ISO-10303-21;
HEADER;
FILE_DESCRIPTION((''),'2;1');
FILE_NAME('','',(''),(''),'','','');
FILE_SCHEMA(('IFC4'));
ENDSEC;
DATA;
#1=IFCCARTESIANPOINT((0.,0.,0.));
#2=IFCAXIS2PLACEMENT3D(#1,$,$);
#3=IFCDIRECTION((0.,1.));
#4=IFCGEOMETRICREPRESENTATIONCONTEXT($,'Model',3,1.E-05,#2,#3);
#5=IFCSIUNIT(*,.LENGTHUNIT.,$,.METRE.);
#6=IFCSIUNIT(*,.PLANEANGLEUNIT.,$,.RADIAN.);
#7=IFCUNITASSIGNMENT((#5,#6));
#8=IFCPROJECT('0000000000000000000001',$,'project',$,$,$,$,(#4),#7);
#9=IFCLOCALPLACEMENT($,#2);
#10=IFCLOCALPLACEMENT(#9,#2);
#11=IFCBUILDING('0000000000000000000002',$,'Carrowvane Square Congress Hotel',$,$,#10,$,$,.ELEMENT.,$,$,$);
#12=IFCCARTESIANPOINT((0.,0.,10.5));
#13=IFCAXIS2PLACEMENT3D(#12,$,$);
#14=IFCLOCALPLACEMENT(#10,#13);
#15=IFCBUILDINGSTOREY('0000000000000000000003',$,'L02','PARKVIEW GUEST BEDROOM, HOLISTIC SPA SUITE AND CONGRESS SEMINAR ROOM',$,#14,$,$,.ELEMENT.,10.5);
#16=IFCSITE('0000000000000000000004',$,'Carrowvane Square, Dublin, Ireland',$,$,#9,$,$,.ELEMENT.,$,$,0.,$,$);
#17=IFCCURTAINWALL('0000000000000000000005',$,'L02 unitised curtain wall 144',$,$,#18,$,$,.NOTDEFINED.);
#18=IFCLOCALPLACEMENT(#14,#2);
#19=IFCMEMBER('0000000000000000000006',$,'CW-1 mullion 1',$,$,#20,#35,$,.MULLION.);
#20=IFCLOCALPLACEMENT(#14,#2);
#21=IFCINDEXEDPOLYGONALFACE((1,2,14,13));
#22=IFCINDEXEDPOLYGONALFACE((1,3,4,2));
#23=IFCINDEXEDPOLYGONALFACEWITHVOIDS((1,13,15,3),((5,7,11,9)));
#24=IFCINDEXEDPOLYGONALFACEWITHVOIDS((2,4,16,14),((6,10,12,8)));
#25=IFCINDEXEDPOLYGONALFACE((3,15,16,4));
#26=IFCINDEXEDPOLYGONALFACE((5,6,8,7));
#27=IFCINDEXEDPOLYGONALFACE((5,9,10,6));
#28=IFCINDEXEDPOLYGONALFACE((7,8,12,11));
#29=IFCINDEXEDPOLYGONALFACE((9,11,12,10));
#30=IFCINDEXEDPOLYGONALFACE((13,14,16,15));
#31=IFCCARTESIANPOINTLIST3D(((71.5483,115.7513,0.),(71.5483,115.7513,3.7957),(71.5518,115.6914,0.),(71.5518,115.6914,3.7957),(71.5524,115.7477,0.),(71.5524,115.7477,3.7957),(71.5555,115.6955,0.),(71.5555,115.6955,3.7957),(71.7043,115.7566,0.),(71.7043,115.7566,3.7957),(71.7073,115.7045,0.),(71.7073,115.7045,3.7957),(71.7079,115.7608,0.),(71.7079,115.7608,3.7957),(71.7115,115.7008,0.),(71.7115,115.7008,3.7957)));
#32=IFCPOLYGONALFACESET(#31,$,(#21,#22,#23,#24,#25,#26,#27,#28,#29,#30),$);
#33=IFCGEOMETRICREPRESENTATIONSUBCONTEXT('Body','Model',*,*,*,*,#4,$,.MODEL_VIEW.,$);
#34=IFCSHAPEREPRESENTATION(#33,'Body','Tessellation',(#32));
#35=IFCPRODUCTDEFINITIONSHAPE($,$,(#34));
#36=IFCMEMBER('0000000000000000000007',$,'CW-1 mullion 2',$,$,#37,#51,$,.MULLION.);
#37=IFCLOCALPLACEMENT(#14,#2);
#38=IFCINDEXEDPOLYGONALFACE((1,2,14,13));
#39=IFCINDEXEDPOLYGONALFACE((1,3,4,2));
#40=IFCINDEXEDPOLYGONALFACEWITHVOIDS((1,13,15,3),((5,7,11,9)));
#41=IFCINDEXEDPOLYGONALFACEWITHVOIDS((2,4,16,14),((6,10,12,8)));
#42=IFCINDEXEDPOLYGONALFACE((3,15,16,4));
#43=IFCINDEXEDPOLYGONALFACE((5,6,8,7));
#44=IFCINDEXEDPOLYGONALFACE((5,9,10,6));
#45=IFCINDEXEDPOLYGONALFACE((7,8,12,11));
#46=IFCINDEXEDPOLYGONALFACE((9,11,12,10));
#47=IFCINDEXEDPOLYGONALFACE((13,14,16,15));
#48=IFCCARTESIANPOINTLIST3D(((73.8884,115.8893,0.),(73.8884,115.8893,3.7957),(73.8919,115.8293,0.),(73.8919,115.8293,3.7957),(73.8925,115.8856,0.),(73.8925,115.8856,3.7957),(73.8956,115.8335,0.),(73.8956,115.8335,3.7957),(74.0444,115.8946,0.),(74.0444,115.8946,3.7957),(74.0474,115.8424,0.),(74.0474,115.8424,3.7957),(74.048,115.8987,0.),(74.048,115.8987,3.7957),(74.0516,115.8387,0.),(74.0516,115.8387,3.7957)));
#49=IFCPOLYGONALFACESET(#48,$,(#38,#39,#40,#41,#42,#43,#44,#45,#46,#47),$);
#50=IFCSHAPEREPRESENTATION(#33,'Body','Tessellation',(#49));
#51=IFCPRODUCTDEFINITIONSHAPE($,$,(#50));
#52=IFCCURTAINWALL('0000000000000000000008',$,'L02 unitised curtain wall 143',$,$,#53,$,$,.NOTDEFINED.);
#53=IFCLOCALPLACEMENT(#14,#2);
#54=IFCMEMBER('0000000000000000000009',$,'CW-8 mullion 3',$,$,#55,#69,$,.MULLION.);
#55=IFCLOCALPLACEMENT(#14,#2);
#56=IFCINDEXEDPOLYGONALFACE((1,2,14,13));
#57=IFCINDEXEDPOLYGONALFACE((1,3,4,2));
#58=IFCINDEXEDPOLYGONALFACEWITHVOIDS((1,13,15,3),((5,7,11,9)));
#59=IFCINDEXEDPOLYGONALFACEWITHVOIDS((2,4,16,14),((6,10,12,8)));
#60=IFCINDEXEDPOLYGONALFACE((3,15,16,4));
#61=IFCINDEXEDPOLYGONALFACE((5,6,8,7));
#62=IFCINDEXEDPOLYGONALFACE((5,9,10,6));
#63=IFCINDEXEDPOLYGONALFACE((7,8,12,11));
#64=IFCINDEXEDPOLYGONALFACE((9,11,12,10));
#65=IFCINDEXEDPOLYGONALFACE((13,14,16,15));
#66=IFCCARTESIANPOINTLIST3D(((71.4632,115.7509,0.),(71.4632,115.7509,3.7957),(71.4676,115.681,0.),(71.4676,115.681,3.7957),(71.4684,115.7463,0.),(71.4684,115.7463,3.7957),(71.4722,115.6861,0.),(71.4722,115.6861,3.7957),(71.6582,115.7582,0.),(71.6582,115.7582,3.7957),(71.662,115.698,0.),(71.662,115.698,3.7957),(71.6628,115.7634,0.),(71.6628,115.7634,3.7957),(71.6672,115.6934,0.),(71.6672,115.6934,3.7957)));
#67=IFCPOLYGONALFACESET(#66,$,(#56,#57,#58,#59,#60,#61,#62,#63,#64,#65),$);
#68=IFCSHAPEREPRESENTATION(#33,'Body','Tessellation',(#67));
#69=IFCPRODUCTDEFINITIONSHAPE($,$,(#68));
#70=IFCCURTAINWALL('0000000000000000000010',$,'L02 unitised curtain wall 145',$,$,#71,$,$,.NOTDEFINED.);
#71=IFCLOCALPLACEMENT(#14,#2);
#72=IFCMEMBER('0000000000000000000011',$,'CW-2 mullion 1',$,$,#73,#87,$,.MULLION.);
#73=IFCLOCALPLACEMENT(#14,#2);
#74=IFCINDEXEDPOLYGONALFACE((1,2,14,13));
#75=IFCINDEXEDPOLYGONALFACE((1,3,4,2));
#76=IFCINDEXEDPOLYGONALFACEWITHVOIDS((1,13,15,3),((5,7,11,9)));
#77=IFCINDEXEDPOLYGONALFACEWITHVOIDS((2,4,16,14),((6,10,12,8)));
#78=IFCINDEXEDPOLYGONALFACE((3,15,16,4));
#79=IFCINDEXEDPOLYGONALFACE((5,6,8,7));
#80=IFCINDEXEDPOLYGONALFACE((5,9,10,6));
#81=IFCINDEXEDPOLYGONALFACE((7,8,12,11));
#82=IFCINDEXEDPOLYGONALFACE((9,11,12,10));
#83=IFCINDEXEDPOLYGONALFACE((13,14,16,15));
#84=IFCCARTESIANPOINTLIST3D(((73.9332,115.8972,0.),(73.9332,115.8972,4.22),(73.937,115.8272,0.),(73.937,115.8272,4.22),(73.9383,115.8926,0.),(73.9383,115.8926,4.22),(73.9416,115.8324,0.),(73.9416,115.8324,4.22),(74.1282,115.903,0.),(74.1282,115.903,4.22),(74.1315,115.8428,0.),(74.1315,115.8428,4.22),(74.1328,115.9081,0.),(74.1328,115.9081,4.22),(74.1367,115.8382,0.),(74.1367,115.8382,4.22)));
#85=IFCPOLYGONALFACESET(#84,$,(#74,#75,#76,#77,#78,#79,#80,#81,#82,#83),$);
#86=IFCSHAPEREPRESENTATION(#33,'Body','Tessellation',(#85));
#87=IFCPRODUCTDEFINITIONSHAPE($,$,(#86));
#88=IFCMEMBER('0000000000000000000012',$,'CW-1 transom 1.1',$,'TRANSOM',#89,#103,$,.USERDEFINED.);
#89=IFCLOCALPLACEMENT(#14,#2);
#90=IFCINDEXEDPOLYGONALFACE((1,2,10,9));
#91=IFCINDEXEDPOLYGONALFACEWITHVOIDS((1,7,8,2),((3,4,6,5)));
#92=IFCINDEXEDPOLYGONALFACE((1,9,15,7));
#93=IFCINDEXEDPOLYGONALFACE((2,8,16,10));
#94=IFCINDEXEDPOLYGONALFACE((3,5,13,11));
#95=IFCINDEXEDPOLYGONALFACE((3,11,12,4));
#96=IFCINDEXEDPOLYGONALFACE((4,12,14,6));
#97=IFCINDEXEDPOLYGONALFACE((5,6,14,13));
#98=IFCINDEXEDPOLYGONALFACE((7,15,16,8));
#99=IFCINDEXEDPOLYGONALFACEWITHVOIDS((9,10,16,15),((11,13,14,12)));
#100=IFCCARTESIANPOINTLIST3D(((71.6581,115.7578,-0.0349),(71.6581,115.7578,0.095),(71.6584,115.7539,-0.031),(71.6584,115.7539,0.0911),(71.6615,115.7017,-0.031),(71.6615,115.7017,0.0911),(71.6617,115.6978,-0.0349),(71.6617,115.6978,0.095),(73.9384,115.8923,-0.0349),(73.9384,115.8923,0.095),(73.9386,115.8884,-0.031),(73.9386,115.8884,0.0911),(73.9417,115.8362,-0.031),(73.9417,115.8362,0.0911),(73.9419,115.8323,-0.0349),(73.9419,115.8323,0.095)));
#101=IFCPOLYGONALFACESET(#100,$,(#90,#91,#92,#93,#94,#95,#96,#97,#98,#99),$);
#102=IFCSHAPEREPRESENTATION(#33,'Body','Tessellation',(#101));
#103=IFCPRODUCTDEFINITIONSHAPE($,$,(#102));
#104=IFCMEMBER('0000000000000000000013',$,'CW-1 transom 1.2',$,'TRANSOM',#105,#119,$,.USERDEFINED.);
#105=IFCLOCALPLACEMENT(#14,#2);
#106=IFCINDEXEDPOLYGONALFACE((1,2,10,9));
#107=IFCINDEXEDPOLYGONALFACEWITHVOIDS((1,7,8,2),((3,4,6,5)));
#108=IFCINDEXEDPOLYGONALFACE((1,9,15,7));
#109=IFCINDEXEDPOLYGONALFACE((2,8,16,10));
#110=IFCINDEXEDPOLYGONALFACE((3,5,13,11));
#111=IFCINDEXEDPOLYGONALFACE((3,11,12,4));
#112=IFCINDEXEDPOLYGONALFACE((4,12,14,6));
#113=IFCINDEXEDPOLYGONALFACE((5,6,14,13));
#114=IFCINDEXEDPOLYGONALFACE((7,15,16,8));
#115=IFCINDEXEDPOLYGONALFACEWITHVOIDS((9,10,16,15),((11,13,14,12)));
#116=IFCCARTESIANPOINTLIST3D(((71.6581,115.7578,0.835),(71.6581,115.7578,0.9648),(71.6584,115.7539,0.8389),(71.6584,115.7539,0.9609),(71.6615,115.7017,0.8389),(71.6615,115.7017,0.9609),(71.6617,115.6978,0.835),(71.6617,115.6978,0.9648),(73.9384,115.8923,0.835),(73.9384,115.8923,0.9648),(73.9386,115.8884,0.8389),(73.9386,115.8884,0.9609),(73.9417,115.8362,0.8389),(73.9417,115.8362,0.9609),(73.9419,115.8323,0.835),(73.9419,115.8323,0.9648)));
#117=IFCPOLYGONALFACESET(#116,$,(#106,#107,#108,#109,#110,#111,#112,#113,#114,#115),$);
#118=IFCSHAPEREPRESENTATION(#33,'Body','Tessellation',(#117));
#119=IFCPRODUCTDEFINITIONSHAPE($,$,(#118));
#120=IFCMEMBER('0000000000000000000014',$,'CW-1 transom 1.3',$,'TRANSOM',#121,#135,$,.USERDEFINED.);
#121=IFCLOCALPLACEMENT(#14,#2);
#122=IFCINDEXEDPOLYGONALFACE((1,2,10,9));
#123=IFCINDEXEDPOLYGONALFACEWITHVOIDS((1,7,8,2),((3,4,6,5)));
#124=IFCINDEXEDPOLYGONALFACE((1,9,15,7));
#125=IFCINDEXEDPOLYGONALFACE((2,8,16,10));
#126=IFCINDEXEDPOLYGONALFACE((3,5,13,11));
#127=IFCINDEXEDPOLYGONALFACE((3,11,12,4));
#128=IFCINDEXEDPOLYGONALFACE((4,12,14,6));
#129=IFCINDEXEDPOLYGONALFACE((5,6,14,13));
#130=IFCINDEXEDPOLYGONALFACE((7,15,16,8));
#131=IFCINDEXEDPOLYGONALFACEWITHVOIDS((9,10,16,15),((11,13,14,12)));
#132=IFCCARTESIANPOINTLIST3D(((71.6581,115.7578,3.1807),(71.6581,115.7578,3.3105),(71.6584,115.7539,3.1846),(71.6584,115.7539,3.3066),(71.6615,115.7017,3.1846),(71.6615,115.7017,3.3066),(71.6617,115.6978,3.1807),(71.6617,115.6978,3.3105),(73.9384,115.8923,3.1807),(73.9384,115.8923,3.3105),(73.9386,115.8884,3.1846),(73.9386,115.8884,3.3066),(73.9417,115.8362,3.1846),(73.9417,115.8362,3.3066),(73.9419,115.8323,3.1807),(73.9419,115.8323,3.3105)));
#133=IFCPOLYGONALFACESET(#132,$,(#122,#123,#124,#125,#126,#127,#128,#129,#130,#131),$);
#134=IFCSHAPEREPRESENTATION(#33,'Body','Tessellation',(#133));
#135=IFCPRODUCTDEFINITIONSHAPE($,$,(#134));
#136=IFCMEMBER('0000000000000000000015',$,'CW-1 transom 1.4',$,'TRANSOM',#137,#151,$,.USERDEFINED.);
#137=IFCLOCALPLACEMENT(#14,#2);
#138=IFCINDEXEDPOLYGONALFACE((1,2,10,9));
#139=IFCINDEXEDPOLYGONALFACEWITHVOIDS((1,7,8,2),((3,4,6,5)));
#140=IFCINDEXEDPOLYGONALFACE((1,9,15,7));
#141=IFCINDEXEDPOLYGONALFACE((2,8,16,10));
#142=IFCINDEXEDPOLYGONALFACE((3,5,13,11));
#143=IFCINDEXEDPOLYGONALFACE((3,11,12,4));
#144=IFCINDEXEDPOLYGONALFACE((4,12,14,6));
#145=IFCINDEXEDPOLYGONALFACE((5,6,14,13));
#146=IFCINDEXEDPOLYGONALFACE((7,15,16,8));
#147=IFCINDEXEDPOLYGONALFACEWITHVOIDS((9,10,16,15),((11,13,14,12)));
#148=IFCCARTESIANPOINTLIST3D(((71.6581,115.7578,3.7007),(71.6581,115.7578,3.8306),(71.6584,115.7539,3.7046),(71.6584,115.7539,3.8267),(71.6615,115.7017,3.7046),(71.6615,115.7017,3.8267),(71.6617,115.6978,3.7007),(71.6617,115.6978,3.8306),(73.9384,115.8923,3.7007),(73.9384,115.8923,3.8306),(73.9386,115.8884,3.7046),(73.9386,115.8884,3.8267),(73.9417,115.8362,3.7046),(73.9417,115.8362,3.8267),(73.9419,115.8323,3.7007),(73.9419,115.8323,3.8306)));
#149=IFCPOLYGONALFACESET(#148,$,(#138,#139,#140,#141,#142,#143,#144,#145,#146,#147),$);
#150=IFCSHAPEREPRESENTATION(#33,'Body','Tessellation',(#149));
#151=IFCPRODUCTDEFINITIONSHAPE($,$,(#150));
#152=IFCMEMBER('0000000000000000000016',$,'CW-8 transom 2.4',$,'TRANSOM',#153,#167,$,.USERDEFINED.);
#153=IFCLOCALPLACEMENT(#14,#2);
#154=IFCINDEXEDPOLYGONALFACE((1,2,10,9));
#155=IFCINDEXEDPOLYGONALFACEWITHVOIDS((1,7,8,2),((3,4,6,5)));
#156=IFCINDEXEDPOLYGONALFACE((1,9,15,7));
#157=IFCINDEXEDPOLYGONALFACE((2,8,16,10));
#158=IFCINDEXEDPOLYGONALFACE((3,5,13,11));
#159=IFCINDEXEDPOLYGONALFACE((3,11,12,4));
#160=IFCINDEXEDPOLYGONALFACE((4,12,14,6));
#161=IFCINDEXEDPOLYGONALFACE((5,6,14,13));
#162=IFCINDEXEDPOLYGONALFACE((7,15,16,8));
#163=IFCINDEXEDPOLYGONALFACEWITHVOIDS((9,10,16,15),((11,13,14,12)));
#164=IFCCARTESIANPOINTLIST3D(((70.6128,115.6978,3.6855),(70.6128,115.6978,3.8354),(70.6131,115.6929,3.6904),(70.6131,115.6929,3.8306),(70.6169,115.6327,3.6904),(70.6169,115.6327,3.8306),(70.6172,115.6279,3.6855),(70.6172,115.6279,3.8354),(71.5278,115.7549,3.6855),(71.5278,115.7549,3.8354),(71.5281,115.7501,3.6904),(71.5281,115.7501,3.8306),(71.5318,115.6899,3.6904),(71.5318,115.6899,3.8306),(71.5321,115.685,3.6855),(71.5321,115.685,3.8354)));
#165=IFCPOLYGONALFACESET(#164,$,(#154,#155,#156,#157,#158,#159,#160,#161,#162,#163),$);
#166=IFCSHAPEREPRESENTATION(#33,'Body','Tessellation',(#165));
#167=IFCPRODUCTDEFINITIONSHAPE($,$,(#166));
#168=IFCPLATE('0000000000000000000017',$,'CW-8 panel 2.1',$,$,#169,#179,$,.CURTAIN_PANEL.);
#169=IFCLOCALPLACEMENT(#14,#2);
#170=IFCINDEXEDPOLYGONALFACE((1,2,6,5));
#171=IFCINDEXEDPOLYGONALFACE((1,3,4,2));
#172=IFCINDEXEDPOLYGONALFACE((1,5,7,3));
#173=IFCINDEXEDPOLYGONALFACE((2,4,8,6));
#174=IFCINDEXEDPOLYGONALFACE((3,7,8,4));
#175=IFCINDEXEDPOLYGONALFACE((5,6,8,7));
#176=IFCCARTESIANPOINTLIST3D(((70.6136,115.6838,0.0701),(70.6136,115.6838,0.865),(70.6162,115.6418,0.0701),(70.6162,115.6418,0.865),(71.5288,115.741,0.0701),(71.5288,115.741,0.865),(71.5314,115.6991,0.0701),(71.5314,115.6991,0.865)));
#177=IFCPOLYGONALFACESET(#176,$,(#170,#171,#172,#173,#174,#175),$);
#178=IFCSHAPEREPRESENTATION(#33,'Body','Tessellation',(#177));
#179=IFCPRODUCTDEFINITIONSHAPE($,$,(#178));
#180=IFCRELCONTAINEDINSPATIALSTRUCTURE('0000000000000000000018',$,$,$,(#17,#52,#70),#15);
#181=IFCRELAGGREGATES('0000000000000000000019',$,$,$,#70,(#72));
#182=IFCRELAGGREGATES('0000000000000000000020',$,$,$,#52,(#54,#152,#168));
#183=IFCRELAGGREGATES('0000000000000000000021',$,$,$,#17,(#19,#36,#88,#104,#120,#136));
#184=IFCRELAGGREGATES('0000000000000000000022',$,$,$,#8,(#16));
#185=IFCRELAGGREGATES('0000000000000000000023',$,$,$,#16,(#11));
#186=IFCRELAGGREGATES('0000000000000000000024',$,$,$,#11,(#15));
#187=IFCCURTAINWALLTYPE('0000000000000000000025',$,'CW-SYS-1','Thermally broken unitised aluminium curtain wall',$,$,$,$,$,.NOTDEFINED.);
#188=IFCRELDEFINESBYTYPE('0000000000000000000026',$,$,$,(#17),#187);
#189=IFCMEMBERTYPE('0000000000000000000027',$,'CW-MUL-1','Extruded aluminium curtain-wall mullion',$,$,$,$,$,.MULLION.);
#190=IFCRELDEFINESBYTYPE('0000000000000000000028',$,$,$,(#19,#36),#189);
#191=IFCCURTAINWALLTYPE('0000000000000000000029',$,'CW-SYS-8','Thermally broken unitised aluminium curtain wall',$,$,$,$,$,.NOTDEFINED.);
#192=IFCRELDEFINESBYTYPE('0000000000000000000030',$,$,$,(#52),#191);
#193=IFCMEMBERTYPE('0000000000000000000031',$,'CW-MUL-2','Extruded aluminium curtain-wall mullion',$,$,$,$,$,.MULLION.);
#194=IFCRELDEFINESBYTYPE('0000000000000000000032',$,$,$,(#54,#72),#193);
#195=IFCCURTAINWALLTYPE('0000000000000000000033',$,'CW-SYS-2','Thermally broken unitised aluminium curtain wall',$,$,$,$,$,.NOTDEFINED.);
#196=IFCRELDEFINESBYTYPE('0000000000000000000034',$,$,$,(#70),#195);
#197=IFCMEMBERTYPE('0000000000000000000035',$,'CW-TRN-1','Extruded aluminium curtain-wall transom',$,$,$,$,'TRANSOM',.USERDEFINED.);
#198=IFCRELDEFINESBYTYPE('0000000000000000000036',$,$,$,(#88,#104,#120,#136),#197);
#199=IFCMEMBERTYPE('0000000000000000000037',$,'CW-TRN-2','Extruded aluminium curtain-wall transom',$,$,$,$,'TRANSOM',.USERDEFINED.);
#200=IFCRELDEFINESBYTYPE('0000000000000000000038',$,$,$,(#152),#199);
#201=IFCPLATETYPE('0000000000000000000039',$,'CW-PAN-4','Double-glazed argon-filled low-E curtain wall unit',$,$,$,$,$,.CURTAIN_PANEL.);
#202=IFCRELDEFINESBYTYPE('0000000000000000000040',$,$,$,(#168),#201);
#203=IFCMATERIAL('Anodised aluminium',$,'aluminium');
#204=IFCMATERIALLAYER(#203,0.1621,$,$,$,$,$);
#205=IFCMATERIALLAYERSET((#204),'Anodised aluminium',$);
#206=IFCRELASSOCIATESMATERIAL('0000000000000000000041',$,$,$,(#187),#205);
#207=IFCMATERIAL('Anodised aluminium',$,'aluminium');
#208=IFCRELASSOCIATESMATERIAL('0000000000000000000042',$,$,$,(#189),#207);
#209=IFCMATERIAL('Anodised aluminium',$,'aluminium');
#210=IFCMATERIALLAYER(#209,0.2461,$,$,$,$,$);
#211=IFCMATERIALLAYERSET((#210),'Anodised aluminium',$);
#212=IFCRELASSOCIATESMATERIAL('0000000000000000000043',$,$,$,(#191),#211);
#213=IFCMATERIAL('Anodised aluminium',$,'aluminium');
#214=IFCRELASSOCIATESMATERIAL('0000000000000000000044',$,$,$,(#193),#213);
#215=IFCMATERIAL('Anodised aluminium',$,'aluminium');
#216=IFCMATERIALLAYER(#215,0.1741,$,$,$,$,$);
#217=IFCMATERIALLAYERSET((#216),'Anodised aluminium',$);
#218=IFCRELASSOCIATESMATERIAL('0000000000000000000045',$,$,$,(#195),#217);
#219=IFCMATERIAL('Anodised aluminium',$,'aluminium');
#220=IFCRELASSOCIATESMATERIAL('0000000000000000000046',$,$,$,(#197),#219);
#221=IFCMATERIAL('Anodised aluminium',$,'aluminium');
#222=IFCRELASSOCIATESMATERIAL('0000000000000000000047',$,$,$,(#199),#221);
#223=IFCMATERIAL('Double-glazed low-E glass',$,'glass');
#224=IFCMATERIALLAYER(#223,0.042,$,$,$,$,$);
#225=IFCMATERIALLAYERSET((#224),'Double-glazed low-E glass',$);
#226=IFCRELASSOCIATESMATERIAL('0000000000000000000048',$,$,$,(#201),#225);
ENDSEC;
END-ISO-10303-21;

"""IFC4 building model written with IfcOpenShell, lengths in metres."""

from ifc_helpers import new_model, si_unit, direction, frame, origin, origin_2d, place, context, subcontext, project, spatial, rectangle, hollow_rectangle, extrude, material, layer, layer_set, material_profile, profile_set, type_object, element, aggregate, save


model = new_model("IFC4")

# Units and contexts
model_context = context("Model", 3, precision=1e-05, world=origin(), true_north=direction((0.0, 1.0)))
body_context = subcontext(model_context, "Body", "Model", "MODEL_VIEW")
ifc_project = project(units=[si_unit("LENGTHUNIT", "METRE"), si_unit("PLANEANGLEUNIT", "RADIAN")], contexts=[model_context])

# Site, building, storey
site_placement = place(None, origin())
site = spatial("IfcSite", under=ifc_project, at=site_placement, Name="Carrowvane Square, Dublin, Ireland", CompositionType="ELEMENT", RefElevation=0.0)
building_placement = place(site_placement, origin())
building = spatial("IfcBuilding", under=site, at=building_placement, Name="Carrowvane Square Congress Hotel", CompositionType="ELEMENT")
storey_placement = place(building_placement, frame((0.0, 0.0, 10.5)))
storey = spatial("IfcBuildingStorey", under=building, at=storey_placement, Name="L02", Description="PARKVIEW GUEST BEDROOM, HOLISTIC SPA SUITE AND CONGRESS SEMINAR ROOM", CompositionType="ELEMENT", Elevation=10.5)

# Curtain wall, members
ifc_material_1 = material(Name="Anodised aluminium", Category="aluminium")
ifc_layer_1 = layer(ifc_material_1, 0.1621)
ifc_layer_set_1 = layer_set([ifc_layer_1], Name="Anodised aluminium")
curtain_wall_type_1 = type_object("IfcCurtainWallType", Name="CW-SYS-1", Description="Thermally broken unitised aluminium curtain wall", PredefinedType="NOTDEFINED", material=ifc_layer_set_1)
curtain_wall_1_placement = place(storey_placement, origin())
curtain_wall_1 = element("IfcCurtainWall", 1, at=curtain_wall_1_placement, inside=storey, type_object=curtain_wall_type_1, Name="L02 unitised curtain wall 144", PredefinedType="NOTDEFINED")
ifc_material_2 = material(Name="Anodised aluminium", Category="aluminium")
ifc_material_profile_1 = material_profile(ifc_material_2, hollow_rectangle(XDim=0.0601, YDim=0.1599, WallThickness=0.0039, at=origin_2d()), Name="CW-ML 60x160x4")
ifc_profile_set_1 = profile_set([ifc_material_profile_1], Name="Anodised aluminium")
member_type_1 = type_object("IfcMemberType", Name="CW-MUL-1", Description="Extruded aluminium curtain-wall mullion", PredefinedType="MULLION", material=ifc_profile_set_1)
member_1_placement = place(storey_placement, frame((71.6299, 115.7261, 0.0), z_axis=(0.0, 0.0, 1.0), x_axis=(-0.058851, 0.998267, 0.0)))
member_1 = element("IfcMember", 2, at=member_1_placement, type_object=member_type_1, Name="CW-1 mullion 1", PredefinedType="MULLION", context=body_context, shape_type="SweptSolid", body=[
    extrude(hollow_rectangle(XDim=0.0601, YDim=0.1599, WallThickness=0.0039, at=origin_2d()), origin(), (0.0, 0.0, 1.0), 3.7957),
])
member_2_placement = place(storey_placement, frame((73.97, 115.864, 0.0), z_axis=(0.0, 0.0, 1.0), x_axis=(-0.058851, 0.998267, 0.0)))
member_2 = element("IfcMember", 3, at=member_2_placement, type_object=member_type_1, Name="CW-1 mullion 2", PredefinedType="MULLION", context=body_context, shape_type="SweptSolid", body=[
    extrude(hollow_rectangle(XDim=0.0601, YDim=0.1599, WallThickness=0.0039, at=origin_2d()), origin(), (0.0, 0.0, 1.0), 3.7957),
])

# Curtain walls, members
ifc_material_3 = material(Name="Anodised aluminium", Category="aluminium")
ifc_layer_2 = layer(ifc_material_3, 0.2461)
ifc_layer_set_2 = layer_set([ifc_layer_2], Name="Anodised aluminium")
curtain_wall_type_2 = type_object("IfcCurtainWallType", Name="CW-SYS-8", Description="Thermally broken unitised aluminium curtain wall", PredefinedType="NOTDEFINED", material=ifc_layer_set_2)
curtain_wall_2_placement = place(storey_placement, origin())
curtain_wall_2 = element("IfcCurtainWall", 4, at=curtain_wall_2_placement, inside=storey, type_object=curtain_wall_type_2, Name="L02 unitised curtain wall 143", PredefinedType="NOTDEFINED")
ifc_material_4 = material(Name="Anodised aluminium", Category="aluminium")
ifc_material_profile_2 = material_profile(ifc_material_4, hollow_rectangle(XDim=0.0701, YDim=0.2, WallThickness=0.0049, at=origin_2d()), Name="CW-ML 70x200x5")
ifc_profile_set_2 = profile_set([ifc_material_profile_2], Name="Anodised aluminium")
member_type_2 = type_object("IfcMemberType", Name="CW-MUL-2", Description="Extruded aluminium curtain-wall mullion", PredefinedType="MULLION", material=ifc_profile_set_2)
member_3_placement = place(storey_placement, frame((71.5652, 115.7222, 0.0), z_axis=(0.0, 0.0, 1.0), x_axis=(-0.062397, 0.998051, 0.0)))
member_3 = element("IfcMember", 5, at=member_3_placement, type_object=member_type_2, Name="CW-8 mullion 3", PredefinedType="MULLION", context=body_context, shape_type="SweptSolid", body=[
    extrude(hollow_rectangle(XDim=0.0701, YDim=0.2, WallThickness=0.0049, at=origin_2d()), origin(), (0.0, 0.0, 1.0), 3.7957),
])
ifc_material_5 = material(Name="Anodised aluminium", Category="aluminium")
ifc_layer_3 = layer(ifc_material_5, 0.1741)
ifc_layer_set_3 = layer_set([ifc_layer_3], Name="Anodised aluminium")
curtain_wall_type_3 = type_object("IfcCurtainWallType", Name="CW-SYS-2", Description="Thermally broken unitised aluminium curtain wall", PredefinedType="NOTDEFINED", material=ifc_layer_set_3)
curtain_wall_3_placement = place(storey_placement, origin())
curtain_wall_3 = element("IfcCurtainWall", 6, at=curtain_wall_3_placement, inside=storey, type_object=curtain_wall_type_3, Name="L02 unitised curtain wall 145", PredefinedType="NOTDEFINED")
member_4_placement = place(storey_placement, frame((74.0349, 115.8677, 0.0), z_axis=(0.0, 0.0, 1.0), x_axis=(-0.054816, 0.998496, 0.0)))
member_4 = element("IfcMember", 7, at=member_4_placement, type_object=member_type_2, Name="CW-2 mullion 1", PredefinedType="MULLION", context=body_context, shape_type="SweptSolid", body=[
    extrude(hollow_rectangle(XDim=0.0701, YDim=0.2, WallThickness=0.0049, at=origin_2d()), origin(), (0.0, 0.0, 1.0), 4.22),
])
aggregate(curtain_wall_3, [member_4])

# Members
ifc_material_6 = material(Name="Anodised aluminium", Category="aluminium")
ifc_material_profile_3 = material_profile(ifc_material_6, hollow_rectangle(XDim=0.0601, YDim=0.1299, WallThickness=0.0039, at=origin_2d()), Name="CW-TR 60x130x4")
ifc_profile_set_3 = profile_set([ifc_material_profile_3], Name="Anodised aluminium")
member_type_3 = type_object("IfcMemberType", Name="CW-TRN-1", Description="Extruded aluminium curtain-wall transom", ElementType="TRANSOM", PredefinedType="USERDEFINED", material=ifc_profile_set_3)
member_5_placement = place(storey_placement, frame((71.6599, 115.7278, 0.03), z_axis=(0.998264, 0.058891, 0.0), x_axis=(-0.058891, 0.998264, 0.0)))
member_5 = element("IfcMember", 8, at=member_5_placement, type_object=member_type_3, Name="CW-1 transom 1.1", ObjectType="TRANSOM", PredefinedType="USERDEFINED", context=body_context, shape_type="SweptSolid", body=[
    extrude(hollow_rectangle(XDim=0.0601, YDim=0.1299, WallThickness=0.0039, at=origin_2d()), origin(), (0.0, 0.0, 1.0), 2.2842),
])
member_6_placement = place(storey_placement, frame((71.6599, 115.7278, 0.8999), z_axis=(0.998264, 0.058891, 0.0), x_axis=(-0.058891, 0.998264, 0.0)))
member_6 = element("IfcMember", 9, at=member_6_placement, type_object=member_type_3, Name="CW-1 transom 1.2", ObjectType="TRANSOM", PredefinedType="USERDEFINED", context=body_context, shape_type="SweptSolid", body=[
    extrude(hollow_rectangle(XDim=0.0601, YDim=0.1299, WallThickness=0.0039, at=origin_2d()), origin(), (0.0, 0.0, 1.0), 2.2842),
])
member_7_placement = place(storey_placement, frame((71.6599, 115.7278, 3.2456), z_axis=(0.998264, 0.058891, 0.0), x_axis=(-0.058891, 0.998264, 0.0)))
member_7 = element("IfcMember", 10, at=member_7_placement, type_object=member_type_3, Name="CW-1 transom 1.3", ObjectType="TRANSOM", PredefinedType="USERDEFINED", context=body_context, shape_type="SweptSolid", body=[
    extrude(hollow_rectangle(XDim=0.0601, YDim=0.1299, WallThickness=0.0039, at=origin_2d()), origin(), (0.0, 0.0, 1.0), 2.2842),
])
member_8_placement = place(storey_placement, frame((71.6599, 115.7278, 3.7656), z_axis=(0.998264, 0.058891, 0.0), x_axis=(-0.058891, 0.998264, 0.0)))
member_8 = element("IfcMember", 11, at=member_8_placement, type_object=member_type_3, Name="CW-1 transom 1.4", ObjectType="TRANSOM", PredefinedType="USERDEFINED", context=body_context, shape_type="SweptSolid", body=[
    extrude(hollow_rectangle(XDim=0.0601, YDim=0.1299, WallThickness=0.0039, at=origin_2d()), origin(), (0.0, 0.0, 1.0), 2.2842),
])
ifc_material_7 = material(Name="Anodised aluminium", Category="aluminium")
ifc_material_profile_4 = material_profile(ifc_material_7, hollow_rectangle(XDim=0.0701, YDim=0.1499, WallThickness=0.0049, at=origin_2d()), Name="CW-TR 70x150x5")
ifc_profile_set_4 = profile_set([ifc_material_profile_4], Name="Anodised aluminium")
member_type_4 = type_object("IfcMemberType", Name="CW-TRN-2", Description="Extruded aluminium curtain-wall transom", ElementType="TRANSOM", PredefinedType="USERDEFINED", material=ifc_profile_set_4)
member_9_placement = place(storey_placement, frame((70.615, 115.6628, 3.7605), z_axis=(0.998057, 0.062312, 0.0), x_axis=(-0.062312, 0.998057, 0.0)))
member_9 = element("IfcMember", 12, at=member_9_placement, type_object=member_type_4, Name="CW-8 transom 2.4", ObjectType="TRANSOM", PredefinedType="USERDEFINED", context=body_context, shape_type="SweptSolid", body=[
    extrude(hollow_rectangle(XDim=0.0701, YDim=0.1499, WallThickness=0.0049, at=origin_2d()), origin(), (0.0, 0.0, 1.0), 0.9167),
])

# Plate
ifc_material_8 = material(Name="Double-glazed low-E glass", Category="glass")
ifc_layer_4 = layer(ifc_material_8, 0.042)
ifc_layer_set_4 = layer_set([ifc_layer_4], Name="Double-glazed low-E glass")
plate_type_1 = type_object("IfcPlateType", Name="CW-PAN-4", Description="Double-glazed argon-filled low-E curtain wall unit", PredefinedType="CURTAIN_PANEL", material=ifc_layer_set_4)
plate_1_placement = place(storey_placement, frame((71.0725, 115.6914, 0.0701), z_axis=(0.0, 0.0, 1.0), x_axis=(0.998051, 0.062397, 0.0)))
plate_1 = element("IfcPlate", 13, at=plate_1_placement, type_object=plate_type_1, Name="CW-8 panel 2.1", PredefinedType="CURTAIN_PANEL", context=body_context, shape_type="SweptSolid", body=[
    extrude(rectangle(XDim=0.917, YDim=0.042, at=origin_2d()), origin(), (0.0, 0.0, 1.0), 0.7949),
])
aggregate(curtain_wall_2, [member_3, member_9, plate_1])
aggregate(curtain_wall_1, [member_1, member_2, member_5, member_6, member_7, member_8])

save(model, "model.ifc")
